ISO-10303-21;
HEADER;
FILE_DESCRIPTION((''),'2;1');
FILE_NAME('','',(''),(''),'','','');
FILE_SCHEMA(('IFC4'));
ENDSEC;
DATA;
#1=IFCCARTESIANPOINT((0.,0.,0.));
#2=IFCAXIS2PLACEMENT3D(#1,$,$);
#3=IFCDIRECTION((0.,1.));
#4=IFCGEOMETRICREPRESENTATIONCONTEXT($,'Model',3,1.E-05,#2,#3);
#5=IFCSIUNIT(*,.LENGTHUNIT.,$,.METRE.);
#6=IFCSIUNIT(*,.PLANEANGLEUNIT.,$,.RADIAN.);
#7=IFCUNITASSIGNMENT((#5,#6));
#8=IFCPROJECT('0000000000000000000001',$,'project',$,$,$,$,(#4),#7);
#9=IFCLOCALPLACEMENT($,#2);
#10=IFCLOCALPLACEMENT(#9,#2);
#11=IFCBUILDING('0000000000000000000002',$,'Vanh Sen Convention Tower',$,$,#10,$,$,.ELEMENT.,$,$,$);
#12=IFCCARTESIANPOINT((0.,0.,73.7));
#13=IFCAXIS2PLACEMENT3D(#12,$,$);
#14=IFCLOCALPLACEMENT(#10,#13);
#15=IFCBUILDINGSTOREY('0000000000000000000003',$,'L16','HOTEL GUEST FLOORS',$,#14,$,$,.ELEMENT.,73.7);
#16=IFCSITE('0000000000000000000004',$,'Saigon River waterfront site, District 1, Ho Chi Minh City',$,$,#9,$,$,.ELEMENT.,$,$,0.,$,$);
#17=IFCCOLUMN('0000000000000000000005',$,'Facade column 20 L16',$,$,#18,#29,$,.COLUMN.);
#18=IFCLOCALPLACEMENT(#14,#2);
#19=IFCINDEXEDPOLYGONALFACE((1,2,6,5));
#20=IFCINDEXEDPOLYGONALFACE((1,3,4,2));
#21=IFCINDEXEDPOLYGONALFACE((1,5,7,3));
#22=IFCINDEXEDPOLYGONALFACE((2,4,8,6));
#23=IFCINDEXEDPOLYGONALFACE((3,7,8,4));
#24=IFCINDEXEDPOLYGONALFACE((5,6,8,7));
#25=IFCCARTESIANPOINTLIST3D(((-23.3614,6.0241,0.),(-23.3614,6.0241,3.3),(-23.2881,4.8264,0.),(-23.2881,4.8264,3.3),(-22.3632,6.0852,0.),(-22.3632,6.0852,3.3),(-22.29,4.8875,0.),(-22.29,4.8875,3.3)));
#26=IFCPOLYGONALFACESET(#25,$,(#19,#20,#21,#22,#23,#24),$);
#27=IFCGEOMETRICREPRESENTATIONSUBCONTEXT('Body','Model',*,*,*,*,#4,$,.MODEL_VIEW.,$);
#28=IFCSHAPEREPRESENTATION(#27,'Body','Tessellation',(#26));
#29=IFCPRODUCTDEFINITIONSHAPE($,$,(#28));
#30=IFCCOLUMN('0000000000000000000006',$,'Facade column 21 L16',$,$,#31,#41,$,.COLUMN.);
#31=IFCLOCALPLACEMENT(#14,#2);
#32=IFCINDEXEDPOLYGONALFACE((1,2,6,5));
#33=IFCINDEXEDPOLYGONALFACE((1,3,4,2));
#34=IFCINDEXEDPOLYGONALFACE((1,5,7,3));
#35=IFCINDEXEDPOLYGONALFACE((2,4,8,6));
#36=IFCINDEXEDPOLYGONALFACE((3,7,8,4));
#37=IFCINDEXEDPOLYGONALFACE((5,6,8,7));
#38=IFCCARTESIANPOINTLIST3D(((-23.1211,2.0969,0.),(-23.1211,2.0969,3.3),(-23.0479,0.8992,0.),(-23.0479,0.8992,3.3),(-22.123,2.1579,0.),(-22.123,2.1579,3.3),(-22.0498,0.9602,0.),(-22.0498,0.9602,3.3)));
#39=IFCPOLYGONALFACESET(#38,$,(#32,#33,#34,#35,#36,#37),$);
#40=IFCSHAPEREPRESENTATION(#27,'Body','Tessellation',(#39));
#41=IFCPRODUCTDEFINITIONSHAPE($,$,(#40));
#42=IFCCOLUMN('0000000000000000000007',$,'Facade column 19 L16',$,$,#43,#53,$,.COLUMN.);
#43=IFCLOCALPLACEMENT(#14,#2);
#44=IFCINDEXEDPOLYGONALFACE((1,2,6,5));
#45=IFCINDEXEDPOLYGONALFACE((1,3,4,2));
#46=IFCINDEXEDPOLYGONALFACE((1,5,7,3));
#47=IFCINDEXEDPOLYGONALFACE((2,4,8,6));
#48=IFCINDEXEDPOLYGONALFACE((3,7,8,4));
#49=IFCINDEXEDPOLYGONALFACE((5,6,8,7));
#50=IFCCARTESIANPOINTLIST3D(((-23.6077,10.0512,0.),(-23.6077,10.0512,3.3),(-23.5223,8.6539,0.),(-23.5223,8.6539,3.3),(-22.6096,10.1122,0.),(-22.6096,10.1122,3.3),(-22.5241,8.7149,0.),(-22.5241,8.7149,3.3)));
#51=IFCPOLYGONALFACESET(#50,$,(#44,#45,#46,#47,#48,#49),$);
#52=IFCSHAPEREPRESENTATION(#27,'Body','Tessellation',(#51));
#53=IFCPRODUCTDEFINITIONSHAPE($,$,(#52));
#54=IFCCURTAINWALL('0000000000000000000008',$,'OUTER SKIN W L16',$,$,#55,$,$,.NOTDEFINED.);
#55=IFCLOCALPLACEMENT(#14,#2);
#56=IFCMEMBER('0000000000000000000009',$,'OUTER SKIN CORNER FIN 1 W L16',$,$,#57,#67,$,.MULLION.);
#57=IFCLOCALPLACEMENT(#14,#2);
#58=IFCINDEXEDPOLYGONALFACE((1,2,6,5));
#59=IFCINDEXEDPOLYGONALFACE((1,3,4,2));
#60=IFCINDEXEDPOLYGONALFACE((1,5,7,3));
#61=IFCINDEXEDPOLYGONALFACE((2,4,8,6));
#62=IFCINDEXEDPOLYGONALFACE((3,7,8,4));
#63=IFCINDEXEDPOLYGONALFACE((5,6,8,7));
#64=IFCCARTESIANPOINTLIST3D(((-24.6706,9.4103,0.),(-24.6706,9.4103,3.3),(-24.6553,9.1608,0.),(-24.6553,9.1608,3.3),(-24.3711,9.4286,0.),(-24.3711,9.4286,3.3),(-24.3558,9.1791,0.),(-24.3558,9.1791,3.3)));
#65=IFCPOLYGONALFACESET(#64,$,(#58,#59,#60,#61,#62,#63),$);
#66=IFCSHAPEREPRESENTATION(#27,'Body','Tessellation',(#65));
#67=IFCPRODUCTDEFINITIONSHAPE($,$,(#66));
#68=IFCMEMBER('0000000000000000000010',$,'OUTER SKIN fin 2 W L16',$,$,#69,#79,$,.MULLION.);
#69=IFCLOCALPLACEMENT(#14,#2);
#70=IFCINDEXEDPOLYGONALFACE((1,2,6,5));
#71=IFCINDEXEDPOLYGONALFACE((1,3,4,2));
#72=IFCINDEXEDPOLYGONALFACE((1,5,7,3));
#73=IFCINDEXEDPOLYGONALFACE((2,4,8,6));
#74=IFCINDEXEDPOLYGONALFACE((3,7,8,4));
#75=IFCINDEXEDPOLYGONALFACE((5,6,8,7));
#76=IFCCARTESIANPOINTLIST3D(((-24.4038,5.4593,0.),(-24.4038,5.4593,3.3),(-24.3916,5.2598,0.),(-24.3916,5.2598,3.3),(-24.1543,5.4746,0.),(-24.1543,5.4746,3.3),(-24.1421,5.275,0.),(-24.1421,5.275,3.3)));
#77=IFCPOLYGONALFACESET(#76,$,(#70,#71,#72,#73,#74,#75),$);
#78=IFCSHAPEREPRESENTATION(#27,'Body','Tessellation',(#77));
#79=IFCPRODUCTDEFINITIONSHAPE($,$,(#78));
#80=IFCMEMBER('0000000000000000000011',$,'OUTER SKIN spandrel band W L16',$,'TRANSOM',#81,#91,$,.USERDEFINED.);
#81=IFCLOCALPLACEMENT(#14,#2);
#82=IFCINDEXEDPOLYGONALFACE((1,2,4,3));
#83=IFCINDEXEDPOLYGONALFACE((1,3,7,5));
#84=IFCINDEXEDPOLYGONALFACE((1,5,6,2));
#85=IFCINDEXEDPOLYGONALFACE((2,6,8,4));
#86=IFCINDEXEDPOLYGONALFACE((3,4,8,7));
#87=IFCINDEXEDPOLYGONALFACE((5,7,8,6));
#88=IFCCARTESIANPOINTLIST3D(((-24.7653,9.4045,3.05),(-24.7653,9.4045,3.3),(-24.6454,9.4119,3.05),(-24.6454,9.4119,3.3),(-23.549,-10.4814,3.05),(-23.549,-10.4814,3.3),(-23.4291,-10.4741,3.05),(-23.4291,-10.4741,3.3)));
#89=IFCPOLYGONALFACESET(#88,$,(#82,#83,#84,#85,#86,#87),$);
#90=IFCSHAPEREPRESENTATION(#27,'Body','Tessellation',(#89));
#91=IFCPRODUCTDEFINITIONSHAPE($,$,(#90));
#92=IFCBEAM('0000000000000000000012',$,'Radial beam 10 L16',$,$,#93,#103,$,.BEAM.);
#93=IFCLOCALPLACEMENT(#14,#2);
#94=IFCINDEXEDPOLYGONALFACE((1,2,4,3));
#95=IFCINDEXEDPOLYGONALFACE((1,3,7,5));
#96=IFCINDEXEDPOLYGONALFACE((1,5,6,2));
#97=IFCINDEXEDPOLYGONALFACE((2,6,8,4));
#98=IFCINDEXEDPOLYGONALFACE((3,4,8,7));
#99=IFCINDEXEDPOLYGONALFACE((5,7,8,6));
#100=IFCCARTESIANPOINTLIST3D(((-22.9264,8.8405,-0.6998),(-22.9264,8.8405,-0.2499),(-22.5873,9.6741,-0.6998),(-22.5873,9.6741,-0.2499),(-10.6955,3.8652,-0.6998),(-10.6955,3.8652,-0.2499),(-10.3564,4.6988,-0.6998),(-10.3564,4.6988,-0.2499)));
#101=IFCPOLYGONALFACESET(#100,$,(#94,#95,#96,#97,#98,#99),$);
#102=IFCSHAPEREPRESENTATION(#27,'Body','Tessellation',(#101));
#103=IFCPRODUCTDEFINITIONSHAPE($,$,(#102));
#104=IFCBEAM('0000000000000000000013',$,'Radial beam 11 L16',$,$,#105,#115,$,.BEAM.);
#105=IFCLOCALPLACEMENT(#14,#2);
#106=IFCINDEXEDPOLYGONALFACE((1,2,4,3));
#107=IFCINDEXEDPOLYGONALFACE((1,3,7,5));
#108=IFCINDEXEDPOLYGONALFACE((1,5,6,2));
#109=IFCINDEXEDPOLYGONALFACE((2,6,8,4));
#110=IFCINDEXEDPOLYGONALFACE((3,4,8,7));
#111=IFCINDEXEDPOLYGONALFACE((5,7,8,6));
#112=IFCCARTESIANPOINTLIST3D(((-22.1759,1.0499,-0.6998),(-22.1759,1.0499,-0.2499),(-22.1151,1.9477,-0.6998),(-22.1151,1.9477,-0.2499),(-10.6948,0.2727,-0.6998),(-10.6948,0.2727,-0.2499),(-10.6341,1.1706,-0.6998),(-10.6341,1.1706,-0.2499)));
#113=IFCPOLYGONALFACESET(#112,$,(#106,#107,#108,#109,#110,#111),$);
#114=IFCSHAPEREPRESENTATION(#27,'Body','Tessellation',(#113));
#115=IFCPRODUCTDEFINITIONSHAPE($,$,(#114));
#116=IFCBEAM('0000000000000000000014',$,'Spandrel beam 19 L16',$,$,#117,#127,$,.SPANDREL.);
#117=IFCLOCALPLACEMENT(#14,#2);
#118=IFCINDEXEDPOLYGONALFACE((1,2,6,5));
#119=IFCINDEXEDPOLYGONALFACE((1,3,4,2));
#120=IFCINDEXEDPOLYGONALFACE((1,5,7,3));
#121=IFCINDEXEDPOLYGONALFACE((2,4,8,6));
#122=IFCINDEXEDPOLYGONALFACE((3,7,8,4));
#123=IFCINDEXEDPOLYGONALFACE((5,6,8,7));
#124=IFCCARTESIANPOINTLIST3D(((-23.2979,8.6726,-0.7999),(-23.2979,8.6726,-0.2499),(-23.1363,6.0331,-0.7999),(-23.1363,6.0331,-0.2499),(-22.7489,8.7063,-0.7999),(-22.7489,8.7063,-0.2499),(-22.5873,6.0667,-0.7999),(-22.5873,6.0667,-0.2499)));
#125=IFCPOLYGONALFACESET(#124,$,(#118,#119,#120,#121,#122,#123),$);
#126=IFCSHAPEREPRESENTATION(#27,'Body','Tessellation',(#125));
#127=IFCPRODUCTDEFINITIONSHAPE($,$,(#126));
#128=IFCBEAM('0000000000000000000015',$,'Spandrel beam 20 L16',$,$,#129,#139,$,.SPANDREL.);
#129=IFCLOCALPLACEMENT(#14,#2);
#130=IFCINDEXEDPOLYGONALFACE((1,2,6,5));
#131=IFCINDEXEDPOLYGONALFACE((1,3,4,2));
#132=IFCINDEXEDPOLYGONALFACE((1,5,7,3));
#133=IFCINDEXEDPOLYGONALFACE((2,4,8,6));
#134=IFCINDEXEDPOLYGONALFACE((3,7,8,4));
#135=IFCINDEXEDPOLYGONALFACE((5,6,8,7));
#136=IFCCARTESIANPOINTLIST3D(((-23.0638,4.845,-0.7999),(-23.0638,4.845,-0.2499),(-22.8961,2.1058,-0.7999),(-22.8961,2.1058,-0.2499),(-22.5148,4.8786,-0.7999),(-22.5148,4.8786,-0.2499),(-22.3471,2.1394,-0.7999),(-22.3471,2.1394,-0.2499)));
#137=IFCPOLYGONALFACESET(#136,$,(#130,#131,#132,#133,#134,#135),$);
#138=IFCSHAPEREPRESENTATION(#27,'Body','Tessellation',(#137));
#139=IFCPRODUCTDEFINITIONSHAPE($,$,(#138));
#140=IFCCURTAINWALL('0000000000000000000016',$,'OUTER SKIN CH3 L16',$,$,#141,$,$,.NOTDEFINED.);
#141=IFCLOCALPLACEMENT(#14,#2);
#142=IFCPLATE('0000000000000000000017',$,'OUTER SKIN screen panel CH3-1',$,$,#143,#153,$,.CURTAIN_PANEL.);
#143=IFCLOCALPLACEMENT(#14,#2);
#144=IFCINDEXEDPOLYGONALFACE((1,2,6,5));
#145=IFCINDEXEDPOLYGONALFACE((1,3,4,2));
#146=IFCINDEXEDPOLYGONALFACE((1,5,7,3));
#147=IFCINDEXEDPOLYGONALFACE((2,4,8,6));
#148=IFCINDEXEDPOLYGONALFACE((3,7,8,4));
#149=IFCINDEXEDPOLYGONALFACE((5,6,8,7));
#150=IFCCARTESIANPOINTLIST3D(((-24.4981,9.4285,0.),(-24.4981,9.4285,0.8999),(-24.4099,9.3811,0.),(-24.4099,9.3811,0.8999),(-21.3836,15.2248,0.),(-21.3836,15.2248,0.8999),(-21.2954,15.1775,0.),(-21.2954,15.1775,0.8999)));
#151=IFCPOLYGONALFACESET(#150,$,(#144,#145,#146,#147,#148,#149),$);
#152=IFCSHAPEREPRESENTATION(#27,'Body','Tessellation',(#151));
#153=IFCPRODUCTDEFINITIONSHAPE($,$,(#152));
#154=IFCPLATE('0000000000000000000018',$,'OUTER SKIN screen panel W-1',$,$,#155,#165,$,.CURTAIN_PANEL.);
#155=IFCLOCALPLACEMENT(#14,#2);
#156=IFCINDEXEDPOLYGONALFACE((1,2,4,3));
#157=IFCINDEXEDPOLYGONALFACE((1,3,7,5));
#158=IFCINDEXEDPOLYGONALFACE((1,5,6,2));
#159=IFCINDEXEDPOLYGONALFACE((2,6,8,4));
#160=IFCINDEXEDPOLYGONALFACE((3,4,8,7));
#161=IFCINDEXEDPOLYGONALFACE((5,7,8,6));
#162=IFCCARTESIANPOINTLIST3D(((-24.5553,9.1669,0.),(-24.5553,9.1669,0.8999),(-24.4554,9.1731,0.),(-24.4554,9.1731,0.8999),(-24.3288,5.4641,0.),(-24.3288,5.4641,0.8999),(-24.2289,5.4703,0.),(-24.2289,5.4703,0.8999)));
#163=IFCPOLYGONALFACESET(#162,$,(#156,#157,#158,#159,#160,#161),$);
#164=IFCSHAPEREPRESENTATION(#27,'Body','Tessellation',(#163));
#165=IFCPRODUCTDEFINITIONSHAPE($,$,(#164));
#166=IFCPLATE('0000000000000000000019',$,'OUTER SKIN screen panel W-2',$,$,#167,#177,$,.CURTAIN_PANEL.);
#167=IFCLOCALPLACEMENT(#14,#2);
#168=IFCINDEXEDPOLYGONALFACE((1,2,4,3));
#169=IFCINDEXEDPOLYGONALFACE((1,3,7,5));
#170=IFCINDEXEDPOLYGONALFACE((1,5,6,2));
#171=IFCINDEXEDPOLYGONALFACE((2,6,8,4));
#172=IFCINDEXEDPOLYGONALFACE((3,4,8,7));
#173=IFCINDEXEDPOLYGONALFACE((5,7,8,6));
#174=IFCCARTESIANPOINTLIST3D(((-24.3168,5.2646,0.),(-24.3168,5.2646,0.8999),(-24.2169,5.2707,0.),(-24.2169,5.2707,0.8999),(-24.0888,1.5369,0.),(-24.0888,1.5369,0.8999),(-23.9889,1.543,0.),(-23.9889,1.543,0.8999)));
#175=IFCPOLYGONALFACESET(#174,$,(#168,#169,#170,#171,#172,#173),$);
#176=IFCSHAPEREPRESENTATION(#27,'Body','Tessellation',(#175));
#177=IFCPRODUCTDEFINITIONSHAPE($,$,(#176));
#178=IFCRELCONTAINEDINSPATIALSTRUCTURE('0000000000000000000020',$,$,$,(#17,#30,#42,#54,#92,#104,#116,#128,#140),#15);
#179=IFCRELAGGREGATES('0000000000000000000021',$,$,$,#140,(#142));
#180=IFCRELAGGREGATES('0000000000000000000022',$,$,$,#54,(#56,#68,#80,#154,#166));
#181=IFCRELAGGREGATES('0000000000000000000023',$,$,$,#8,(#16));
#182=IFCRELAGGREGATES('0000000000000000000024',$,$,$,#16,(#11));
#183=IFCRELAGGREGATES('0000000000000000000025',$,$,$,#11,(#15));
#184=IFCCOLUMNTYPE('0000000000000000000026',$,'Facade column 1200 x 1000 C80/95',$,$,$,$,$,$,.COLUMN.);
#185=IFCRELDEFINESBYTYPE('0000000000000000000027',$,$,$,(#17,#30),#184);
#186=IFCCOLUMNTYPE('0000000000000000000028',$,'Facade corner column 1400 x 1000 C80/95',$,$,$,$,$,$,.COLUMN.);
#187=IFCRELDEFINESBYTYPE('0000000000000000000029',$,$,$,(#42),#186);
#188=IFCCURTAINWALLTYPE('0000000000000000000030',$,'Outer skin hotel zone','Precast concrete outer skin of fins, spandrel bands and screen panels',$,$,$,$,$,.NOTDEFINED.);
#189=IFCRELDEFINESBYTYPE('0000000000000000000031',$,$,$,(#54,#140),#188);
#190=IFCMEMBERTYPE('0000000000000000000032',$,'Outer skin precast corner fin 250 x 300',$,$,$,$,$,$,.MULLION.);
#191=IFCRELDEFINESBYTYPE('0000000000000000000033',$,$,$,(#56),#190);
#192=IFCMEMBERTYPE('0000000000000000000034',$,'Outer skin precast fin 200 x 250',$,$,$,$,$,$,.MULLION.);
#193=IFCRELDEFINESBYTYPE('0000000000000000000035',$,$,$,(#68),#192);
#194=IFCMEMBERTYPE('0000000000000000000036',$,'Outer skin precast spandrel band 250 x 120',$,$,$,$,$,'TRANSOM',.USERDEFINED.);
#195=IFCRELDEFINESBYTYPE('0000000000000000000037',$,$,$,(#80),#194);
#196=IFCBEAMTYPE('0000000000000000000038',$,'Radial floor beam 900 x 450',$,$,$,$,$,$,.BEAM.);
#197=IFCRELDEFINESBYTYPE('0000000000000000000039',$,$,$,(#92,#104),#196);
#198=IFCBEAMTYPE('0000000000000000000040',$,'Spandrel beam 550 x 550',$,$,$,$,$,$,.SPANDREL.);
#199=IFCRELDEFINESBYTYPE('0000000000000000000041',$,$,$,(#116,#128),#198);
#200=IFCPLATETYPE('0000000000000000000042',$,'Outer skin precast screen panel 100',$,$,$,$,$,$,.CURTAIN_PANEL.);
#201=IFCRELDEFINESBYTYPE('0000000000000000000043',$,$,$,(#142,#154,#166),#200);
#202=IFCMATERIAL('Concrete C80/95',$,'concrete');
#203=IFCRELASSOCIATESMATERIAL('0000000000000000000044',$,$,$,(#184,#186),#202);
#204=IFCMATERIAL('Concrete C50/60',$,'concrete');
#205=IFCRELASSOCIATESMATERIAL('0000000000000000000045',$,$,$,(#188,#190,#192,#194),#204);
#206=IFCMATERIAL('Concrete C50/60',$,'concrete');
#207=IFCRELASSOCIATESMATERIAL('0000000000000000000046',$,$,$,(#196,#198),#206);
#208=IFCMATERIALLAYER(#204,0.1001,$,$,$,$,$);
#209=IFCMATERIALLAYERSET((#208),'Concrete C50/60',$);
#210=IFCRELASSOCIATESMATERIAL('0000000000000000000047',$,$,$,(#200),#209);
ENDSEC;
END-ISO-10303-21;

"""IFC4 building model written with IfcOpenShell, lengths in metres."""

from ifc_helpers import new_model, si_unit, direction, frame, origin, origin_2d, place, context, subcontext, project, spatial, rectangle, extrude, material, layer, layer_set, material_profile, profile_set, type_object, element, aggregate, save


model = new_model("IFC4")

# Units and contexts
model_context = context("Model", 3, precision=1e-05, world=origin(), true_north=direction((0.0, 1.0)))
body_context = subcontext(model_context, "Body", "Model", "MODEL_VIEW")
ifc_project = project(units=[si_unit("LENGTHUNIT", "METRE"), si_unit("PLANEANGLEUNIT", "RADIAN")], contexts=[model_context])

# Site, building, storey
site_placement = place(None, origin())
site = spatial("IfcSite", under=ifc_project, at=site_placement, Name="Saigon River waterfront site, District 1, Ho Chi Minh City", CompositionType="ELEMENT", RefElevation=0.0)
building_placement = place(site_placement, origin())
building = spatial("IfcBuilding", under=site, at=building_placement, Name="Vanh Sen Convention Tower", CompositionType="ELEMENT")
storey_placement = place(building_placement, frame((0.0, 0.0, 73.7)))
storey = spatial("IfcBuildingStorey", under=building, at=storey_placement, Name="L16", Description="HOTEL GUEST FLOORS", CompositionType="ELEMENT", Elevation=73.7)

# Columns
ifc_material_1 = material(Name="Concrete C80/95", Category="concrete")
ifc_material_profile_1 = material_profile(ifc_material_1, rectangle(XDim=1.2, YDim=1.0, at=origin_2d()), Name="RC 1200X1000")
ifc_profile_set_1 = profile_set([ifc_material_profile_1], Name="Concrete C80/95")
column_type_1 = type_object("IfcColumnType", Name="Facade column 1200 x 1000 C80/95", PredefinedType="COLUMN", material=ifc_profile_set_1)
for number, where, z_axis, x_axis, name in (
    (1, (-22.8257, 5.4558, 0.0), (0.0, 0.0, 1.0), (0.061049, -0.998135, 0.0), "Facade column 20 L16"),
    (2, (-22.5854, 1.5286, 0.0), (0.0, 0.0, 1.0), (0.061049, -0.998135, 0.0), "Facade column 21 L16"),
):
    element("IfcColumn", number, at=place(storey_placement, frame(where, z_axis=z_axis, x_axis=x_axis)), inside=storey, type_object=column_type_1, Name=name, PredefinedType="COLUMN", context=body_context, shape_type="SweptSolid", body=[
        extrude(rectangle(XDim=1.2, YDim=1.0, at=origin_2d()), origin(), (0.0, 0.0, 1.0), 3.3),
    ])
ifc_material_profile_2 = material_profile(ifc_material_1, rectangle(XDim=1.3999, YDim=1.0, at=origin_2d()), Name="RC 1400X1000")
ifc_profile_set_2 = profile_set([ifc_material_profile_2], Name="Concrete C80/95")
column_type_2 = type_object("IfcColumnType", Name="Facade corner column 1400 x 1000 C80/95", PredefinedType="COLUMN", material=ifc_profile_set_2)
column_placement = place(storey_placement, frame((-23.0659, 9.3831, 0.0), z_axis=(0.0, 0.0, 1.0), x_axis=(0.061049, -0.998135, 0.0)))
element("IfcColumn", 3, at=column_placement, inside=storey, type_object=column_type_2, Name="Facade column 19 L16", PredefinedType="COLUMN", context=body_context, shape_type="SweptSolid", body=[
    extrude(rectangle(XDim=1.3999, YDim=1.0, at=origin_2d()), origin(), (0.0, 0.0, 1.0), 3.3),
])

# Curtain wall, members
ifc_material_2 = material(Name="Concrete C50/60", Category="concrete")
curtain_wall_type = type_object("IfcCurtainWallType", Name="Outer skin hotel zone", Description="Precast concrete outer skin of fins, spandrel bands and screen panels", PredefinedType="NOTDEFINED", material=ifc_material_2)
curtain_wall_1_placement = place(storey_placement, origin())
curtain_wall_1 = element("IfcCurtainWall", 4, at=curtain_wall_1_placement, inside=storey, type_object=curtain_wall_type, Name="OUTER SKIN W L16", PredefinedType="NOTDEFINED")
ifc_material_profile_3 = material_profile(ifc_material_2, rectangle(XDim=0.25, YDim=0.3, at=origin_2d()), Name="Outer skin precast corner fin 250 x 300")
ifc_profile_set_3 = profile_set([ifc_material_profile_3], Name="Concrete C50/60")
member_type_1 = type_object("IfcMemberType", Name="Outer skin precast corner fin 250 x 300", PredefinedType="MULLION", material=ifc_profile_set_3)
member_1_placement = place(storey_placement, frame((-24.5132, 9.2947, 0.0), z_axis=(0.0, 0.0, 1.0), x_axis=(0.061049, -0.998135, 0.0)))
member_1 = element("IfcMember", 5, at=member_1_placement, type_object=member_type_1, Name="OUTER SKIN CORNER FIN 1 W L16", PredefinedType="MULLION", context=body_context, shape_type="SweptSolid", body=[
    extrude(rectangle(XDim=0.25, YDim=0.3, at=origin_2d()), origin(), (0.0, 0.0, 1.0), 3.3),
])
ifc_material_profile_4 = material_profile(ifc_material_2, rectangle(XDim=0.2, YDim=0.25, at=origin_2d()), Name="Outer skin precast fin 200 x 250")
ifc_profile_set_4 = profile_set([ifc_material_profile_4], Name="Concrete C50/60")
member_type_2 = type_object("IfcMemberType", Name="Outer skin precast fin 200 x 250", PredefinedType="MULLION", material=ifc_profile_set_4)
member_2_placement = place(storey_placement, frame((-24.2729, 5.3672, 0.0), z_axis=(0.0, 0.0, 1.0), x_axis=(0.061049, -0.998135, 0.0)))
member_2 = element("IfcMember", 6, at=member_2_placement, type_object=member_type_2, Name="OUTER SKIN fin 2 W L16", PredefinedType="MULLION", context=body_context, shape_type="SweptSolid", body=[
    extrude(rectangle(XDim=0.2, YDim=0.25, at=origin_2d()), origin(), (0.0, 0.0, 1.0), 3.3),
])
ifc_material_profile_5 = material_profile(ifc_material_2, rectangle(XDim=0.1201, YDim=0.25, at=origin_2d()), Name="Outer skin precast spandrel band 250 x 120")
ifc_profile_set_5 = profile_set([ifc_material_profile_5], Name="Concrete C50/60")
member_type_3 = type_object("IfcMemberType", Name="Outer skin precast spandrel band 250 x 120", ElementType="TRANSOM", PredefinedType="USERDEFINED", material=ifc_profile_set_5)
member_3_placement = place(storey_placement, frame((-24.7053, 9.4082, 3.175), z_axis=(0.06105, -0.998135, 0.0), x_axis=(0.998135, 0.06105, 0.0)))
member_3 = element("IfcMember", 7, at=member_3_placement, type_object=member_type_3, Name="OUTER SKIN spandrel band W L16", ObjectType="TRANSOM", PredefinedType="USERDEFINED", context=body_context, shape_type="SweptSolid", body=[
    extrude(rectangle(XDim=0.1201, YDim=0.25, at=origin_2d()), origin(), (0.0, 0.0, 1.0), 19.9231),
])

# Beams
ifc_material_3 = material(Name="Concrete C50/60", Category="concrete")
ifc_material_profile_6 = material_profile(ifc_material_3, rectangle(XDim=0.8999, YDim=0.45, at=origin_2d()), Name="RC 900X450")
ifc_profile_set_6 = profile_set([ifc_material_profile_6], Name="Concrete C50/60")
beam_type_1 = type_object("IfcBeamType", Name="Radial floor beam 900 x 450", PredefinedType="BEAM", material=ifc_profile_set_6)
beam_1_placement = place(storey_placement, frame((-22.7568, 9.2573, -0.4749), z_axis=(0.926294, -0.376801, 0.0), x_axis=(0.376801, 0.926294, 0.0)))
element("IfcBeam", 8, at=beam_1_placement, inside=storey, type_object=beam_type_1, Name="Radial beam 10 L16", PredefinedType="BEAM", context=body_context, shape_type="SweptSolid", body=[
    extrude(rectangle(XDim=0.8999, YDim=0.45, at=origin_2d()), origin(), (0.0, 0.0, 1.0), 13.2041),
])
beam_2_placement = place(storey_placement, frame((-22.1455, 1.4988, -0.4749), z_axis=(0.997717, -0.067531, 0.0), x_axis=(0.067531, 0.997717, 0.0)))
element("IfcBeam", 9, at=beam_2_placement, inside=storey, type_object=beam_type_1, Name="Radial beam 11 L16", PredefinedType="BEAM", context=body_context, shape_type="SweptSolid", body=[
    extrude(rectangle(XDim=0.8999, YDim=0.45, at=origin_2d()), origin(), (0.0, 0.0, 1.0), 11.5073),
])
ifc_material_profile_7 = material_profile(ifc_material_3, rectangle(XDim=0.55, YDim=0.55, at=origin_2d()), Name="RC 550X550")
ifc_profile_set_7 = profile_set([ifc_material_profile_7], Name="Concrete C50/60")
beam_type_2 = type_object("IfcBeamType", Name="Spandrel beam 550 x 550", PredefinedType="SPANDREL", material=ifc_profile_set_7)
beam_3_placement = place(storey_placement, frame((-23.0234, 8.6895, -0.5249), z_axis=(0.061114, -0.998131, 0.0), x_axis=(0.998131, 0.061114, 0.0)))
element("IfcBeam", 10, at=beam_3_placement, inside=storey, type_object=beam_type_2, Name="Spandrel beam 19 L16", PredefinedType="SPANDREL", context=body_context, shape_type="SweptSolid", body=[
    extrude(rectangle(XDim=0.55, YDim=0.55, at=origin_2d()), origin(), (0.0, 0.0, 1.0), 2.6445),
])
beam_4_placement = place(storey_placement, frame((-22.7893, 4.8618, -0.5249), z_axis=(0.061115, -0.998131, 0.0), x_axis=(0.998131, 0.061115, 0.0)))
element("IfcBeam", 11, at=beam_4_placement, inside=storey, type_object=beam_type_2, Name="Spandrel beam 20 L16", PredefinedType="SPANDREL", context=body_context, shape_type="SweptSolid", body=[
    extrude(rectangle(XDim=0.55, YDim=0.55, at=origin_2d()), origin(), (0.0, 0.0, 1.0), 2.7444),
])

# Curtain wall, plate
curtain_wall_2_placement = place(storey_placement, origin())
curtain_wall_2 = element("IfcCurtainWall", 12, at=curtain_wall_2_placement, inside=storey, type_object=curtain_wall_type, Name="OUTER SKIN CH3 L16", PredefinedType="NOTDEFINED")
ifc_layer_1 = layer(ifc_material_2, 0.1001)
ifc_layer_set_1 = layer_set([ifc_layer_1], Name="Concrete C50/60")
plate_type = type_object("IfcPlateType", Name="Outer skin precast screen panel 100", PredefinedType="CURTAIN_PANEL", material=ifc_layer_set_1)
plate_1_placement = place(storey_placement, frame((-22.8967, 12.303, 0.0), z_axis=(0.0, 0.0, 1.0), x_axis=(-0.473318, -0.880892, 0.0)))
plate_1 = element("IfcPlate", 13, at=plate_1_placement, type_object=plate_type, Name="OUTER SKIN screen panel CH3-1", PredefinedType="CURTAIN_PANEL", context=body_context, shape_type="SweptSolid", body=[
    extrude(rectangle(XDim=6.5801, YDim=0.1001, at=origin_2d()), origin(), (0.0, 0.0, 1.0), 0.8999),
])
aggregate(curtain_wall_2, [plate_1])

# Plates
plate_2_placement = place(storey_placement, frame((-24.3921, 7.3186, 0.0), z_axis=(0.0, 0.0, 1.0), x_axis=(0.061047, -0.998135, 0.0)))
plate_2 = element("IfcPlate", 14, at=plate_2_placement, type_object=plate_type, Name="OUTER SKIN screen panel W-1", PredefinedType="CURTAIN_PANEL", context=body_context, shape_type="SweptSolid", body=[
    extrude(rectangle(XDim=3.7097, YDim=0.1001, at=origin_2d()), origin(), (0.0, 0.0, 1.0), 0.8999),
])
plate_3_placement = place(storey_placement, frame((-24.1528, 3.4038, 0.0), z_axis=(0.0, 0.0, 1.0), x_axis=(0.061049, -0.998135, 0.0)))
plate_3 = element("IfcPlate", 15, at=plate_3_placement, type_object=plate_type, Name="OUTER SKIN screen panel W-2", PredefinedType="CURTAIN_PANEL", context=body_context, shape_type="SweptSolid", body=[
    extrude(rectangle(XDim=3.7346, YDim=0.1001, at=origin_2d()), origin(), (0.0, 0.0, 1.0), 0.8999),
])
aggregate(curtain_wall_1, [member_1, member_2, member_3, plate_2, plate_3])

save(model, "model.ifc")
